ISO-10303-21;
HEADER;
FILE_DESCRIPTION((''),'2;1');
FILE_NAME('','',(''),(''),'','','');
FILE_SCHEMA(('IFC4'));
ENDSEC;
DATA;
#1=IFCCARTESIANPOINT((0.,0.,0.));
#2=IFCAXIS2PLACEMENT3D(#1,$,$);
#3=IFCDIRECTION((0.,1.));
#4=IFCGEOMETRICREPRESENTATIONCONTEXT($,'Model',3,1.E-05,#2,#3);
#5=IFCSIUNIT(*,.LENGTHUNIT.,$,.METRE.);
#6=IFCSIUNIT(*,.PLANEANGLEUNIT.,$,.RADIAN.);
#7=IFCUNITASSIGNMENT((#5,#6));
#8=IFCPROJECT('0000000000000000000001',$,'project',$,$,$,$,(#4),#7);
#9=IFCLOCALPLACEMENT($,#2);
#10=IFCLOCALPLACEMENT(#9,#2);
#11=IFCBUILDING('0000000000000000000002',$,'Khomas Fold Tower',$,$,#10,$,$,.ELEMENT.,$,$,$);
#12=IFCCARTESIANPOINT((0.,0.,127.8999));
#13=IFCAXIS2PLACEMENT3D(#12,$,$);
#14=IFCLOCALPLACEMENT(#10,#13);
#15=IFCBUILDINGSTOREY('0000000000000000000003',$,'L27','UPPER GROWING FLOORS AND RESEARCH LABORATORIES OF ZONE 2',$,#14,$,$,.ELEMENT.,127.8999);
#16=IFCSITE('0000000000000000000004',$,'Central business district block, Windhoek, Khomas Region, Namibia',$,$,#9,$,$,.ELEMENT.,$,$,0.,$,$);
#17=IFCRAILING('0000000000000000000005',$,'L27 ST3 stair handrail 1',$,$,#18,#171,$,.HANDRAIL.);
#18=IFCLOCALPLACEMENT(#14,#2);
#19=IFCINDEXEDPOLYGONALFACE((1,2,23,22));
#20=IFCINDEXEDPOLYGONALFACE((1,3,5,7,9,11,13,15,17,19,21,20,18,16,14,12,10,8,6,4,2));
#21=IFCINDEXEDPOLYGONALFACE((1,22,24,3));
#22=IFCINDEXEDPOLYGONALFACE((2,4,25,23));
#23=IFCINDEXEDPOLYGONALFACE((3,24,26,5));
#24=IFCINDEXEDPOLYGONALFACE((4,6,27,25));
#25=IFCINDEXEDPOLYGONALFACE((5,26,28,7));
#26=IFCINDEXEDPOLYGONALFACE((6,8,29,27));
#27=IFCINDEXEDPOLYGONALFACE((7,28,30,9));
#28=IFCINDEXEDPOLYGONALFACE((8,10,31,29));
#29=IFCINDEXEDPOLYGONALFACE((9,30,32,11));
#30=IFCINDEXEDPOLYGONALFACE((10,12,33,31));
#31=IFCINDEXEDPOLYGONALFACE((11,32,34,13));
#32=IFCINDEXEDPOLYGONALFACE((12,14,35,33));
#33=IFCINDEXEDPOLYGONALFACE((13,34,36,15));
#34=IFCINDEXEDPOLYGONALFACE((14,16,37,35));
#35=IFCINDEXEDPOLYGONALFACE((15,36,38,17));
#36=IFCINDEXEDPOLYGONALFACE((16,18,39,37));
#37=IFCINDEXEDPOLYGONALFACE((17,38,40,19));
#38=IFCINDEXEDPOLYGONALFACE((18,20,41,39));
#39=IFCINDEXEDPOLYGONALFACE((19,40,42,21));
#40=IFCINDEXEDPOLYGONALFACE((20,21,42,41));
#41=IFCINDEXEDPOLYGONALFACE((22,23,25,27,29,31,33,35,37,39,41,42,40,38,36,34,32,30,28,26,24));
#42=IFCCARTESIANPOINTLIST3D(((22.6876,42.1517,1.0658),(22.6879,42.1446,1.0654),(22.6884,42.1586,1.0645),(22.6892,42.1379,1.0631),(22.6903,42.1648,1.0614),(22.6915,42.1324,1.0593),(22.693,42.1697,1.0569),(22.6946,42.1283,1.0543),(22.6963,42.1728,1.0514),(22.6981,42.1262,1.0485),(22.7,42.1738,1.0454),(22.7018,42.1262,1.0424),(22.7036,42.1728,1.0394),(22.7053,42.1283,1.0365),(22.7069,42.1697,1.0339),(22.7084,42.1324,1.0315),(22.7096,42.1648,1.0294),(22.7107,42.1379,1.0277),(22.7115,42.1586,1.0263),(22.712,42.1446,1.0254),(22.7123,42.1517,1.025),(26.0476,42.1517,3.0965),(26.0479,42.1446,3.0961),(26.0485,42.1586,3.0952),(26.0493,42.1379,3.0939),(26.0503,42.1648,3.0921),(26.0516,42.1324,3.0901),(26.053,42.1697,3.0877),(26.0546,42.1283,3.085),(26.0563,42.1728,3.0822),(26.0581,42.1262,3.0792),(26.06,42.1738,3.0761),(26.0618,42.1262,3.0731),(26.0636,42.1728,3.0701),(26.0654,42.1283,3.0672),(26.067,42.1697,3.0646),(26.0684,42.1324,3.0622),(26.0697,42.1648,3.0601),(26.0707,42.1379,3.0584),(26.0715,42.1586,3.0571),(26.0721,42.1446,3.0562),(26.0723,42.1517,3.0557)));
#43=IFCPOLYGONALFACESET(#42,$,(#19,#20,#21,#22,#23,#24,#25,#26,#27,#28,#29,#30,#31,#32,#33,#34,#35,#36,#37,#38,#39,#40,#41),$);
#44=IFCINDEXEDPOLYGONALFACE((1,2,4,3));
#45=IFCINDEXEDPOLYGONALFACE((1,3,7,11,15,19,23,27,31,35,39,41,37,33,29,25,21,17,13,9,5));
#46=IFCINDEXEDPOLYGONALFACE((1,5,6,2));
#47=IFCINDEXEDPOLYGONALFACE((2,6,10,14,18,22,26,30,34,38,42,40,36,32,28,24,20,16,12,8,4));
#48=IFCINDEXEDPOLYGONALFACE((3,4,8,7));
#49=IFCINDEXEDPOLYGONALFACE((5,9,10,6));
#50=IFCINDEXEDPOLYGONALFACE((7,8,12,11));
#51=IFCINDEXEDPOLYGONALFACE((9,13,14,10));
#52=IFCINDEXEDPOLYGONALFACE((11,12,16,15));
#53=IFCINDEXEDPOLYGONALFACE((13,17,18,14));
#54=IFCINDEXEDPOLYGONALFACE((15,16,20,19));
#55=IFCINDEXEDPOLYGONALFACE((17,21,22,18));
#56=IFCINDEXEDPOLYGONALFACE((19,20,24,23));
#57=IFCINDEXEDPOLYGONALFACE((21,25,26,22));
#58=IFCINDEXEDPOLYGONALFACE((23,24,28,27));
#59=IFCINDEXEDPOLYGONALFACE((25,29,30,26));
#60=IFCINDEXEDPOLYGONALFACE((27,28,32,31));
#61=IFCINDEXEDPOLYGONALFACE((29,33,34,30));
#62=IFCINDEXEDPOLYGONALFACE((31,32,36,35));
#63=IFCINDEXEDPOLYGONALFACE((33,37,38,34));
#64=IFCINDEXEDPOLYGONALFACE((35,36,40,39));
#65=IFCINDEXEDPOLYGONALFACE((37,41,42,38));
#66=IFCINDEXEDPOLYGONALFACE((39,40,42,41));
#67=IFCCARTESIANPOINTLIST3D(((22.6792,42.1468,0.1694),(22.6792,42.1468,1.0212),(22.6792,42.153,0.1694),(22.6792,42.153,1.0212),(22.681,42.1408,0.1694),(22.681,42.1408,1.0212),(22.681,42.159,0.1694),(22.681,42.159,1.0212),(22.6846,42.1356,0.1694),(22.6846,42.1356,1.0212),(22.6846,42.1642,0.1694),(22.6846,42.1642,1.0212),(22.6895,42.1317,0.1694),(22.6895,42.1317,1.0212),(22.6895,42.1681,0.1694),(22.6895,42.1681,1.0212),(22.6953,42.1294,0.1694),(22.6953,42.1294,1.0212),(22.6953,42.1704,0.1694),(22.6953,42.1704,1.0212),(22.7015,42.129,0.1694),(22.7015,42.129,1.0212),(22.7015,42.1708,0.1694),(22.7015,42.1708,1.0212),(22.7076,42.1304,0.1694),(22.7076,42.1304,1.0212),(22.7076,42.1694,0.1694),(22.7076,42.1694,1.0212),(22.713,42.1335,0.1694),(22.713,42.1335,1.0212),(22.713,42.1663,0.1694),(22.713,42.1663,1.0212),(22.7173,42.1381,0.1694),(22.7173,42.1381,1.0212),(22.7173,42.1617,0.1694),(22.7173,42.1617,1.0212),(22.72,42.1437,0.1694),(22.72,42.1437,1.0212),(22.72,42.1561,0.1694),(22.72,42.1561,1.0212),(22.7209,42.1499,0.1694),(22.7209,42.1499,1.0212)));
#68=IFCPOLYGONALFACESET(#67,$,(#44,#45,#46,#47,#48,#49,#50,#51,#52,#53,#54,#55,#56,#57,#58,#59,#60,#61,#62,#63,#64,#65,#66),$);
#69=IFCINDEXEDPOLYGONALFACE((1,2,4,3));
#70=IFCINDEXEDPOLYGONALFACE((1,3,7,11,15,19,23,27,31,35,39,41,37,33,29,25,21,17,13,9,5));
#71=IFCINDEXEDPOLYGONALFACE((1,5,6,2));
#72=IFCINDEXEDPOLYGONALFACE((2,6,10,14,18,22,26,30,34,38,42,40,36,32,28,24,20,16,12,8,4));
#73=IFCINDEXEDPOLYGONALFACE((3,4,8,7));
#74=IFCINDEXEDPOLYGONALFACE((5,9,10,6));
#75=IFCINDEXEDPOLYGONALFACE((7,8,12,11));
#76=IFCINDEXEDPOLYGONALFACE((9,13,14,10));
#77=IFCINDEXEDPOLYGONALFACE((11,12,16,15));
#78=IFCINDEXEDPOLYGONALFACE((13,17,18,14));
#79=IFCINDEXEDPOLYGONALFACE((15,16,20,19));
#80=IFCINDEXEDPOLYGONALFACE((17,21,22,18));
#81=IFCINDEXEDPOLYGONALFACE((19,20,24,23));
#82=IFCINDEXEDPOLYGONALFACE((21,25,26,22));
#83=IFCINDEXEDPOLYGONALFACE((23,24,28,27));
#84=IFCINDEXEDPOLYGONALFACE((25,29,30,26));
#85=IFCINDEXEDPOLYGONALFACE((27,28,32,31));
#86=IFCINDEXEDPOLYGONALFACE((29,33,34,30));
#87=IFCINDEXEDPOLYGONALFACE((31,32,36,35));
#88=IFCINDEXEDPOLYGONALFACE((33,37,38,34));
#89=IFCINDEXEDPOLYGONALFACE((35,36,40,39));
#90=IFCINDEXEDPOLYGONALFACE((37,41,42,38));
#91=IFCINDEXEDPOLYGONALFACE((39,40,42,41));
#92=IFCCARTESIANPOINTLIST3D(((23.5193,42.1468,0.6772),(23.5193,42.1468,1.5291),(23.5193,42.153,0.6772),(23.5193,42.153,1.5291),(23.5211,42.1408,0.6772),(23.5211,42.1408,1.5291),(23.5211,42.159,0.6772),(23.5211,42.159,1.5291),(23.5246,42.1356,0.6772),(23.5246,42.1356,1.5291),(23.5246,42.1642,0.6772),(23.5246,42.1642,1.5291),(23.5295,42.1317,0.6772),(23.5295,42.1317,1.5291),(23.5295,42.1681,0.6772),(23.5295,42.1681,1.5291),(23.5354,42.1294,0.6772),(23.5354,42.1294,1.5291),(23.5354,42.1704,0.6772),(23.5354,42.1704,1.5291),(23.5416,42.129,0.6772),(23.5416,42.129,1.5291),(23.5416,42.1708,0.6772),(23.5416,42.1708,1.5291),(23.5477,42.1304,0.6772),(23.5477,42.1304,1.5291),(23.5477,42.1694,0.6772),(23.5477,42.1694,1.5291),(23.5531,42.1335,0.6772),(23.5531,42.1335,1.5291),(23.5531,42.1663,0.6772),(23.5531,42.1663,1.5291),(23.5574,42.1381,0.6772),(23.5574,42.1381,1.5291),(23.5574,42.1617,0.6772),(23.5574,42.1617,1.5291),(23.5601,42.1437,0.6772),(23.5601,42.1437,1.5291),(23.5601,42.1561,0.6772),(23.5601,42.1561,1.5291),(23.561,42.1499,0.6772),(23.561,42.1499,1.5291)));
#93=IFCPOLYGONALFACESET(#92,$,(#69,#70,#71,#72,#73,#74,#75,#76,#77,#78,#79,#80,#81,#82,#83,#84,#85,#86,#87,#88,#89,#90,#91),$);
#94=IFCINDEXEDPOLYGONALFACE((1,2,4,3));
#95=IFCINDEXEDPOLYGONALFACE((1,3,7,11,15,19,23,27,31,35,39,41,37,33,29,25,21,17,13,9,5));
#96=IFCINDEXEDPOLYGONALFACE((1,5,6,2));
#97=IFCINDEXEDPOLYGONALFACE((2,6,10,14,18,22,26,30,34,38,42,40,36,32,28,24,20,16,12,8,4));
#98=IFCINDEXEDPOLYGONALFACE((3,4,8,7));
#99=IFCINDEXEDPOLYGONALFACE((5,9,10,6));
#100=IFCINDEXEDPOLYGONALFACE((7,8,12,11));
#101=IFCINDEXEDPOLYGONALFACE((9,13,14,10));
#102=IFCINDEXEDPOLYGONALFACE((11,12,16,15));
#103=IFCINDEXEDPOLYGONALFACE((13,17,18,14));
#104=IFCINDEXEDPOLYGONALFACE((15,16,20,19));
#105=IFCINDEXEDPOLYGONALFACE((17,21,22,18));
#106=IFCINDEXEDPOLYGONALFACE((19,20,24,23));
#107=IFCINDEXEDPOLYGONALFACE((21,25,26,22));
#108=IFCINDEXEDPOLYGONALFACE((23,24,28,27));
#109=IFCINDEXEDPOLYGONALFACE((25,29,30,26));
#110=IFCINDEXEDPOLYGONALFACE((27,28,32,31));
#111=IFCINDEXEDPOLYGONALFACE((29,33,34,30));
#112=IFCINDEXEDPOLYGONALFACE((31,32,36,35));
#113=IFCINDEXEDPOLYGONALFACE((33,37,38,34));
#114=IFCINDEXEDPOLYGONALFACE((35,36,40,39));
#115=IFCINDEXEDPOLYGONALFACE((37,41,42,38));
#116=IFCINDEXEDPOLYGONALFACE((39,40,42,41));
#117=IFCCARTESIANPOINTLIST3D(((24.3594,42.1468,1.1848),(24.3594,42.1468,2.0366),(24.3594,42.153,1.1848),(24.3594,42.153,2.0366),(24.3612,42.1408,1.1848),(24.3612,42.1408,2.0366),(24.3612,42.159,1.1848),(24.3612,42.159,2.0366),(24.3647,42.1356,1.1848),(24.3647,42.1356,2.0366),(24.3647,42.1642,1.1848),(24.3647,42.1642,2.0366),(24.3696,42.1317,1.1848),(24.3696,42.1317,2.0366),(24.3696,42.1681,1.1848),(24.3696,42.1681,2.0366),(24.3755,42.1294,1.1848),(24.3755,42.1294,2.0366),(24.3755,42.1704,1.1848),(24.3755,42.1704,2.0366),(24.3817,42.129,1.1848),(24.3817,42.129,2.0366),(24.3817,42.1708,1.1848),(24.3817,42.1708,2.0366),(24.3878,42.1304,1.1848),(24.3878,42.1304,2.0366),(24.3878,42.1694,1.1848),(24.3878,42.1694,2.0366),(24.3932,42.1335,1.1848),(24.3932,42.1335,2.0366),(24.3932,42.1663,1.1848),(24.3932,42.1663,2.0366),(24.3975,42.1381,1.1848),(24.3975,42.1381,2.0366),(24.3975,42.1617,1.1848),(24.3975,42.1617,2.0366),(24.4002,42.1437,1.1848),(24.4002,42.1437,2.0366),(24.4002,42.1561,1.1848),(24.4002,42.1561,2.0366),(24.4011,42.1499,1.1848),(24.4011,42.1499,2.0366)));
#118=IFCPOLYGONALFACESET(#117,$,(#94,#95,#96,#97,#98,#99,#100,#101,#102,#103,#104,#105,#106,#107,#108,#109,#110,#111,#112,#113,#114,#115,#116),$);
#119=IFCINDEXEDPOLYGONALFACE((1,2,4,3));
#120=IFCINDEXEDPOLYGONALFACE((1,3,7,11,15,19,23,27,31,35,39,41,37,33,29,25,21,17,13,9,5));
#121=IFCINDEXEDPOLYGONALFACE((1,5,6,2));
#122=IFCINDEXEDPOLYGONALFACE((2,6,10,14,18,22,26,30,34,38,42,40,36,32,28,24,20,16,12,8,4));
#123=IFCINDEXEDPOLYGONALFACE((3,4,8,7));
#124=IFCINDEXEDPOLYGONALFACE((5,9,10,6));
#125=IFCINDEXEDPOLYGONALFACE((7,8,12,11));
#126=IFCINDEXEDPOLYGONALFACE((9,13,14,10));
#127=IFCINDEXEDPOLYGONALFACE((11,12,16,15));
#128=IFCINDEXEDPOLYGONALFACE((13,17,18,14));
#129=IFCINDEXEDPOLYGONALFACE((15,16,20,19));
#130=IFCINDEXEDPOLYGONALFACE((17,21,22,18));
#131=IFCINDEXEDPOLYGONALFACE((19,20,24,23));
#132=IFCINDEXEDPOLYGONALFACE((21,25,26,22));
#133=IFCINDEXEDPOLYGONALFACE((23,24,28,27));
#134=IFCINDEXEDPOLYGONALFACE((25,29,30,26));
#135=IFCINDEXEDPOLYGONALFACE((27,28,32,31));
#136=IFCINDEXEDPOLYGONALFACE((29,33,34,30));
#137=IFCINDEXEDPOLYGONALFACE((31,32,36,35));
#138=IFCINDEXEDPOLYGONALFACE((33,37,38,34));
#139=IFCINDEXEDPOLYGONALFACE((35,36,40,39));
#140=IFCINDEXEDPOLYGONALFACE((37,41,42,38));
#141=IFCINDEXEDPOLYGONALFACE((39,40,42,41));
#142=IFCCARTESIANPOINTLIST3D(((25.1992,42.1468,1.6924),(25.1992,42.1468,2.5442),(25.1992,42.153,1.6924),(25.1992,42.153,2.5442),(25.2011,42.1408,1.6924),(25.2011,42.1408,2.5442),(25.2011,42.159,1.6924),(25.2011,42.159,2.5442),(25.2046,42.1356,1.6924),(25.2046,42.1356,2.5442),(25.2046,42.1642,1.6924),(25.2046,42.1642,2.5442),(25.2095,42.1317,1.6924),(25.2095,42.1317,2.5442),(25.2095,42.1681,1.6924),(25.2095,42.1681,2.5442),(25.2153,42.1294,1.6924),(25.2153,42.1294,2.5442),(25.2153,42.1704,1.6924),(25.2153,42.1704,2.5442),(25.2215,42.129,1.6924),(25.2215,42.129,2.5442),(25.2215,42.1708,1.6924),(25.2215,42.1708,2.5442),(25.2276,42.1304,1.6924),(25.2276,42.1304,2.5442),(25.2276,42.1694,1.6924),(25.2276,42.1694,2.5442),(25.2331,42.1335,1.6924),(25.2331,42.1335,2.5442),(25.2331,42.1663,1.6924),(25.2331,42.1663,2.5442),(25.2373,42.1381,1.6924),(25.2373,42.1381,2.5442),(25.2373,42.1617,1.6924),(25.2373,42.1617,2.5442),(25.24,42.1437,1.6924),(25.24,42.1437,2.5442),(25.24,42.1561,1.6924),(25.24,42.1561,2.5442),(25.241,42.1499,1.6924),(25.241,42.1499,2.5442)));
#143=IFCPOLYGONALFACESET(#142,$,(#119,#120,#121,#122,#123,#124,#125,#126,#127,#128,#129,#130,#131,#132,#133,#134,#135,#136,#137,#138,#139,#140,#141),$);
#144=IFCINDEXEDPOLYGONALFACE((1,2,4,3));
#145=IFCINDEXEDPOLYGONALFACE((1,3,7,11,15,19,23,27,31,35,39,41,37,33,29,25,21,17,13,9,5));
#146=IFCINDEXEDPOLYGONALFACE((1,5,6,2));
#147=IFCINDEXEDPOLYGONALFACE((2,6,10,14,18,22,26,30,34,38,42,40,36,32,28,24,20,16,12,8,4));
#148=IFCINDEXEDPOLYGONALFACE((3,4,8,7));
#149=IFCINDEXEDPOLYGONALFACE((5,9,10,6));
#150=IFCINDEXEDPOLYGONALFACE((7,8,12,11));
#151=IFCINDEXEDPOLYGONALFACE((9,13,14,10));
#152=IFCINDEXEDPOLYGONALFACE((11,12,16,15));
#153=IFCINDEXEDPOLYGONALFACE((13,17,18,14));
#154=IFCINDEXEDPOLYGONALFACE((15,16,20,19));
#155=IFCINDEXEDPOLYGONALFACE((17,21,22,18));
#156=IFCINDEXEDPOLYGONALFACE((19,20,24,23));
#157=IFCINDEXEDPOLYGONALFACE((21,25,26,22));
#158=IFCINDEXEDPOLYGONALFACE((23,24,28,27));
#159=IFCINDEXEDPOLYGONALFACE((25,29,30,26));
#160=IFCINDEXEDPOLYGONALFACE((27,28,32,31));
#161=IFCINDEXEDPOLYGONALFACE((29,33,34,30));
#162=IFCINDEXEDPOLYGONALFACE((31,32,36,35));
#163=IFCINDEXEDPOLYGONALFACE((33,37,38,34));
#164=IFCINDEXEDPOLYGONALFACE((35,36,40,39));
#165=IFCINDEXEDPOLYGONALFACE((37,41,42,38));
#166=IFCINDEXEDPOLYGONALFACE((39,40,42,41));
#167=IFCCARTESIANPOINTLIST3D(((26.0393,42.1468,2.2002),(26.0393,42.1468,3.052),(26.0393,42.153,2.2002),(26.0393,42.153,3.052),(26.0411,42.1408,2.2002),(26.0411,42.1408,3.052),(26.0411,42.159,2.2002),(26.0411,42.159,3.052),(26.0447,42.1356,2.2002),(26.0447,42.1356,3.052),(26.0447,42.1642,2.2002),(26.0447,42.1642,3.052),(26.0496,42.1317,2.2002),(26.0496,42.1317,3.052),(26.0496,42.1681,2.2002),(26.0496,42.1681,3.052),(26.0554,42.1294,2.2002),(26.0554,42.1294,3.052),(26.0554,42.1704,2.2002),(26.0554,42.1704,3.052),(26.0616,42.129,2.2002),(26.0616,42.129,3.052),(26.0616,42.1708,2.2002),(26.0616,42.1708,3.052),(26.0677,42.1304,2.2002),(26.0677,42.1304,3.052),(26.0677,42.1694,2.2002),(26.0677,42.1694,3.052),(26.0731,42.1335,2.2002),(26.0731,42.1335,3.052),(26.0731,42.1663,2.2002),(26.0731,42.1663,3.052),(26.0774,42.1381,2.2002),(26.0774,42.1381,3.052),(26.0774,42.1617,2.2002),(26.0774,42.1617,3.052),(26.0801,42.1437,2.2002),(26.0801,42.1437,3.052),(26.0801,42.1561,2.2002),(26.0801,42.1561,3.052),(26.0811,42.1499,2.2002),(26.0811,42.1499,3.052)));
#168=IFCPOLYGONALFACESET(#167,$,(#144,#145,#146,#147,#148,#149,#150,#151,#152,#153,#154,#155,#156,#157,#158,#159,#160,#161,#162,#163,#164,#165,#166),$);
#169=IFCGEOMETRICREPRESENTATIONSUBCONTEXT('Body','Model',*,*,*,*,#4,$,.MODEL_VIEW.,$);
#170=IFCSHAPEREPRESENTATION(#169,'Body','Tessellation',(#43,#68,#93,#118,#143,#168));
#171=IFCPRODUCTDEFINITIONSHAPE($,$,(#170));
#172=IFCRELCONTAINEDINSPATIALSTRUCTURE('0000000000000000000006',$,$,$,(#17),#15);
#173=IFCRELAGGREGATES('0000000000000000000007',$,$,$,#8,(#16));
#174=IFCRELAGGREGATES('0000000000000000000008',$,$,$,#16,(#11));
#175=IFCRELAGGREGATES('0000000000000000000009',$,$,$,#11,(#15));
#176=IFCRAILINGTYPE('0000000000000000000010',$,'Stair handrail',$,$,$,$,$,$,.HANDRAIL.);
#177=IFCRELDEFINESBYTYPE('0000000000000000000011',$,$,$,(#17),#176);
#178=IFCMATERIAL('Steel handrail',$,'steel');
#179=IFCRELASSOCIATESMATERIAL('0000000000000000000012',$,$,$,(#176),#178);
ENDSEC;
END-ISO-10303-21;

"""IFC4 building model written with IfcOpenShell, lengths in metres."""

from ifc_helpers import new_model, si_unit, direction, frame, origin, origin_2d, place, context, subcontext, project, spatial, circle, extrude, source, transform, mapped, material, type_object, element, save


model = new_model("IFC4")

# Units and contexts
model_context = context("Model", 3, precision=1e-05, world=origin(), true_north=direction((0.0, 1.0)))
body_context = subcontext(model_context, "Body", "Model", "MODEL_VIEW")
ifc_project = project(units=[si_unit("LENGTHUNIT", "METRE"), si_unit("PLANEANGLEUNIT", "RADIAN")], contexts=[model_context])

# Site, building, storey
site_placement = place(None, origin())
site = spatial("IfcSite", under=ifc_project, at=site_placement, Name="Central business district block, Windhoek, Khomas Region, Namibia", CompositionType="ELEMENT", RefElevation=0.0)
building_placement = place(site_placement, origin())
building = spatial("IfcBuilding", under=site, at=building_placement, Name="Khomas Fold Tower", CompositionType="ELEMENT")
storey_placement = place(building_placement, frame((0.0, 0.0, 127.8999)))
storey = spatial("IfcBuildingStorey", under=building, at=storey_placement, Name="L27", Description="UPPER GROWING FLOORS AND RESEARCH LABORATORIES OF ZONE 2", CompositionType="ELEMENT", Elevation=127.8999)

# Railing
ifc_material_1 = material(Name="Steel handrail", Category="steel")
railing_type_1 = type_object("IfcRailingType", Name="Stair handrail", PredefinedType="HANDRAIL", material=ifc_material_1)
shared_shape_1 = source(origin(), body_context, "Body", "SweptSolid", [
    extrude(circle(Radius=0.0239, at=origin_2d()), frame((0.0, 0.0, 0.876), z_axis=(0.855837, 0.0, 0.517246), x_axis=(0.0, 1.0, 0.0)), (0.0, 0.0, 1.0), 3.926),
    extrude(circle(Radius=0.021, at=origin_2d()), origin(), (0.0, 0.0, 1.0), 0.8518),
    extrude(circle(Radius=0.021, at=origin_2d()), frame((0.8401, 0.0, 0.5078)), (0.0, 0.0, 1.0), 0.8518),
    extrude(circle(Radius=0.021, at=origin_2d()), frame((1.6802, 0.0, 1.0154)), (0.0, 0.0, 1.0), 0.8518),
    extrude(circle(Radius=0.021, at=origin_2d()), frame((2.52, 0.0, 1.5229)), (0.0, 0.0, 1.0), 0.8518),
    extrude(circle(Radius=0.021, at=origin_2d()), frame((3.3601, 0.0, 2.0308)), (0.0, 0.0, 1.0), 0.8518),
])
railing_1_placement = place(storey_placement, frame((22.7, 42.1499, 0.1694)))
element("IfcRailing", 1, at=railing_1_placement, inside=storey, type_object=railing_type_1, Name="L27 ST3 stair handrail 1", PredefinedType="HANDRAIL", context=body_context, shape_type="MappedRepresentation", body=[
    mapped(shared_shape_1, transform((0.0, 0.0, 0.0))),
])

save(model, "model.ifc")
